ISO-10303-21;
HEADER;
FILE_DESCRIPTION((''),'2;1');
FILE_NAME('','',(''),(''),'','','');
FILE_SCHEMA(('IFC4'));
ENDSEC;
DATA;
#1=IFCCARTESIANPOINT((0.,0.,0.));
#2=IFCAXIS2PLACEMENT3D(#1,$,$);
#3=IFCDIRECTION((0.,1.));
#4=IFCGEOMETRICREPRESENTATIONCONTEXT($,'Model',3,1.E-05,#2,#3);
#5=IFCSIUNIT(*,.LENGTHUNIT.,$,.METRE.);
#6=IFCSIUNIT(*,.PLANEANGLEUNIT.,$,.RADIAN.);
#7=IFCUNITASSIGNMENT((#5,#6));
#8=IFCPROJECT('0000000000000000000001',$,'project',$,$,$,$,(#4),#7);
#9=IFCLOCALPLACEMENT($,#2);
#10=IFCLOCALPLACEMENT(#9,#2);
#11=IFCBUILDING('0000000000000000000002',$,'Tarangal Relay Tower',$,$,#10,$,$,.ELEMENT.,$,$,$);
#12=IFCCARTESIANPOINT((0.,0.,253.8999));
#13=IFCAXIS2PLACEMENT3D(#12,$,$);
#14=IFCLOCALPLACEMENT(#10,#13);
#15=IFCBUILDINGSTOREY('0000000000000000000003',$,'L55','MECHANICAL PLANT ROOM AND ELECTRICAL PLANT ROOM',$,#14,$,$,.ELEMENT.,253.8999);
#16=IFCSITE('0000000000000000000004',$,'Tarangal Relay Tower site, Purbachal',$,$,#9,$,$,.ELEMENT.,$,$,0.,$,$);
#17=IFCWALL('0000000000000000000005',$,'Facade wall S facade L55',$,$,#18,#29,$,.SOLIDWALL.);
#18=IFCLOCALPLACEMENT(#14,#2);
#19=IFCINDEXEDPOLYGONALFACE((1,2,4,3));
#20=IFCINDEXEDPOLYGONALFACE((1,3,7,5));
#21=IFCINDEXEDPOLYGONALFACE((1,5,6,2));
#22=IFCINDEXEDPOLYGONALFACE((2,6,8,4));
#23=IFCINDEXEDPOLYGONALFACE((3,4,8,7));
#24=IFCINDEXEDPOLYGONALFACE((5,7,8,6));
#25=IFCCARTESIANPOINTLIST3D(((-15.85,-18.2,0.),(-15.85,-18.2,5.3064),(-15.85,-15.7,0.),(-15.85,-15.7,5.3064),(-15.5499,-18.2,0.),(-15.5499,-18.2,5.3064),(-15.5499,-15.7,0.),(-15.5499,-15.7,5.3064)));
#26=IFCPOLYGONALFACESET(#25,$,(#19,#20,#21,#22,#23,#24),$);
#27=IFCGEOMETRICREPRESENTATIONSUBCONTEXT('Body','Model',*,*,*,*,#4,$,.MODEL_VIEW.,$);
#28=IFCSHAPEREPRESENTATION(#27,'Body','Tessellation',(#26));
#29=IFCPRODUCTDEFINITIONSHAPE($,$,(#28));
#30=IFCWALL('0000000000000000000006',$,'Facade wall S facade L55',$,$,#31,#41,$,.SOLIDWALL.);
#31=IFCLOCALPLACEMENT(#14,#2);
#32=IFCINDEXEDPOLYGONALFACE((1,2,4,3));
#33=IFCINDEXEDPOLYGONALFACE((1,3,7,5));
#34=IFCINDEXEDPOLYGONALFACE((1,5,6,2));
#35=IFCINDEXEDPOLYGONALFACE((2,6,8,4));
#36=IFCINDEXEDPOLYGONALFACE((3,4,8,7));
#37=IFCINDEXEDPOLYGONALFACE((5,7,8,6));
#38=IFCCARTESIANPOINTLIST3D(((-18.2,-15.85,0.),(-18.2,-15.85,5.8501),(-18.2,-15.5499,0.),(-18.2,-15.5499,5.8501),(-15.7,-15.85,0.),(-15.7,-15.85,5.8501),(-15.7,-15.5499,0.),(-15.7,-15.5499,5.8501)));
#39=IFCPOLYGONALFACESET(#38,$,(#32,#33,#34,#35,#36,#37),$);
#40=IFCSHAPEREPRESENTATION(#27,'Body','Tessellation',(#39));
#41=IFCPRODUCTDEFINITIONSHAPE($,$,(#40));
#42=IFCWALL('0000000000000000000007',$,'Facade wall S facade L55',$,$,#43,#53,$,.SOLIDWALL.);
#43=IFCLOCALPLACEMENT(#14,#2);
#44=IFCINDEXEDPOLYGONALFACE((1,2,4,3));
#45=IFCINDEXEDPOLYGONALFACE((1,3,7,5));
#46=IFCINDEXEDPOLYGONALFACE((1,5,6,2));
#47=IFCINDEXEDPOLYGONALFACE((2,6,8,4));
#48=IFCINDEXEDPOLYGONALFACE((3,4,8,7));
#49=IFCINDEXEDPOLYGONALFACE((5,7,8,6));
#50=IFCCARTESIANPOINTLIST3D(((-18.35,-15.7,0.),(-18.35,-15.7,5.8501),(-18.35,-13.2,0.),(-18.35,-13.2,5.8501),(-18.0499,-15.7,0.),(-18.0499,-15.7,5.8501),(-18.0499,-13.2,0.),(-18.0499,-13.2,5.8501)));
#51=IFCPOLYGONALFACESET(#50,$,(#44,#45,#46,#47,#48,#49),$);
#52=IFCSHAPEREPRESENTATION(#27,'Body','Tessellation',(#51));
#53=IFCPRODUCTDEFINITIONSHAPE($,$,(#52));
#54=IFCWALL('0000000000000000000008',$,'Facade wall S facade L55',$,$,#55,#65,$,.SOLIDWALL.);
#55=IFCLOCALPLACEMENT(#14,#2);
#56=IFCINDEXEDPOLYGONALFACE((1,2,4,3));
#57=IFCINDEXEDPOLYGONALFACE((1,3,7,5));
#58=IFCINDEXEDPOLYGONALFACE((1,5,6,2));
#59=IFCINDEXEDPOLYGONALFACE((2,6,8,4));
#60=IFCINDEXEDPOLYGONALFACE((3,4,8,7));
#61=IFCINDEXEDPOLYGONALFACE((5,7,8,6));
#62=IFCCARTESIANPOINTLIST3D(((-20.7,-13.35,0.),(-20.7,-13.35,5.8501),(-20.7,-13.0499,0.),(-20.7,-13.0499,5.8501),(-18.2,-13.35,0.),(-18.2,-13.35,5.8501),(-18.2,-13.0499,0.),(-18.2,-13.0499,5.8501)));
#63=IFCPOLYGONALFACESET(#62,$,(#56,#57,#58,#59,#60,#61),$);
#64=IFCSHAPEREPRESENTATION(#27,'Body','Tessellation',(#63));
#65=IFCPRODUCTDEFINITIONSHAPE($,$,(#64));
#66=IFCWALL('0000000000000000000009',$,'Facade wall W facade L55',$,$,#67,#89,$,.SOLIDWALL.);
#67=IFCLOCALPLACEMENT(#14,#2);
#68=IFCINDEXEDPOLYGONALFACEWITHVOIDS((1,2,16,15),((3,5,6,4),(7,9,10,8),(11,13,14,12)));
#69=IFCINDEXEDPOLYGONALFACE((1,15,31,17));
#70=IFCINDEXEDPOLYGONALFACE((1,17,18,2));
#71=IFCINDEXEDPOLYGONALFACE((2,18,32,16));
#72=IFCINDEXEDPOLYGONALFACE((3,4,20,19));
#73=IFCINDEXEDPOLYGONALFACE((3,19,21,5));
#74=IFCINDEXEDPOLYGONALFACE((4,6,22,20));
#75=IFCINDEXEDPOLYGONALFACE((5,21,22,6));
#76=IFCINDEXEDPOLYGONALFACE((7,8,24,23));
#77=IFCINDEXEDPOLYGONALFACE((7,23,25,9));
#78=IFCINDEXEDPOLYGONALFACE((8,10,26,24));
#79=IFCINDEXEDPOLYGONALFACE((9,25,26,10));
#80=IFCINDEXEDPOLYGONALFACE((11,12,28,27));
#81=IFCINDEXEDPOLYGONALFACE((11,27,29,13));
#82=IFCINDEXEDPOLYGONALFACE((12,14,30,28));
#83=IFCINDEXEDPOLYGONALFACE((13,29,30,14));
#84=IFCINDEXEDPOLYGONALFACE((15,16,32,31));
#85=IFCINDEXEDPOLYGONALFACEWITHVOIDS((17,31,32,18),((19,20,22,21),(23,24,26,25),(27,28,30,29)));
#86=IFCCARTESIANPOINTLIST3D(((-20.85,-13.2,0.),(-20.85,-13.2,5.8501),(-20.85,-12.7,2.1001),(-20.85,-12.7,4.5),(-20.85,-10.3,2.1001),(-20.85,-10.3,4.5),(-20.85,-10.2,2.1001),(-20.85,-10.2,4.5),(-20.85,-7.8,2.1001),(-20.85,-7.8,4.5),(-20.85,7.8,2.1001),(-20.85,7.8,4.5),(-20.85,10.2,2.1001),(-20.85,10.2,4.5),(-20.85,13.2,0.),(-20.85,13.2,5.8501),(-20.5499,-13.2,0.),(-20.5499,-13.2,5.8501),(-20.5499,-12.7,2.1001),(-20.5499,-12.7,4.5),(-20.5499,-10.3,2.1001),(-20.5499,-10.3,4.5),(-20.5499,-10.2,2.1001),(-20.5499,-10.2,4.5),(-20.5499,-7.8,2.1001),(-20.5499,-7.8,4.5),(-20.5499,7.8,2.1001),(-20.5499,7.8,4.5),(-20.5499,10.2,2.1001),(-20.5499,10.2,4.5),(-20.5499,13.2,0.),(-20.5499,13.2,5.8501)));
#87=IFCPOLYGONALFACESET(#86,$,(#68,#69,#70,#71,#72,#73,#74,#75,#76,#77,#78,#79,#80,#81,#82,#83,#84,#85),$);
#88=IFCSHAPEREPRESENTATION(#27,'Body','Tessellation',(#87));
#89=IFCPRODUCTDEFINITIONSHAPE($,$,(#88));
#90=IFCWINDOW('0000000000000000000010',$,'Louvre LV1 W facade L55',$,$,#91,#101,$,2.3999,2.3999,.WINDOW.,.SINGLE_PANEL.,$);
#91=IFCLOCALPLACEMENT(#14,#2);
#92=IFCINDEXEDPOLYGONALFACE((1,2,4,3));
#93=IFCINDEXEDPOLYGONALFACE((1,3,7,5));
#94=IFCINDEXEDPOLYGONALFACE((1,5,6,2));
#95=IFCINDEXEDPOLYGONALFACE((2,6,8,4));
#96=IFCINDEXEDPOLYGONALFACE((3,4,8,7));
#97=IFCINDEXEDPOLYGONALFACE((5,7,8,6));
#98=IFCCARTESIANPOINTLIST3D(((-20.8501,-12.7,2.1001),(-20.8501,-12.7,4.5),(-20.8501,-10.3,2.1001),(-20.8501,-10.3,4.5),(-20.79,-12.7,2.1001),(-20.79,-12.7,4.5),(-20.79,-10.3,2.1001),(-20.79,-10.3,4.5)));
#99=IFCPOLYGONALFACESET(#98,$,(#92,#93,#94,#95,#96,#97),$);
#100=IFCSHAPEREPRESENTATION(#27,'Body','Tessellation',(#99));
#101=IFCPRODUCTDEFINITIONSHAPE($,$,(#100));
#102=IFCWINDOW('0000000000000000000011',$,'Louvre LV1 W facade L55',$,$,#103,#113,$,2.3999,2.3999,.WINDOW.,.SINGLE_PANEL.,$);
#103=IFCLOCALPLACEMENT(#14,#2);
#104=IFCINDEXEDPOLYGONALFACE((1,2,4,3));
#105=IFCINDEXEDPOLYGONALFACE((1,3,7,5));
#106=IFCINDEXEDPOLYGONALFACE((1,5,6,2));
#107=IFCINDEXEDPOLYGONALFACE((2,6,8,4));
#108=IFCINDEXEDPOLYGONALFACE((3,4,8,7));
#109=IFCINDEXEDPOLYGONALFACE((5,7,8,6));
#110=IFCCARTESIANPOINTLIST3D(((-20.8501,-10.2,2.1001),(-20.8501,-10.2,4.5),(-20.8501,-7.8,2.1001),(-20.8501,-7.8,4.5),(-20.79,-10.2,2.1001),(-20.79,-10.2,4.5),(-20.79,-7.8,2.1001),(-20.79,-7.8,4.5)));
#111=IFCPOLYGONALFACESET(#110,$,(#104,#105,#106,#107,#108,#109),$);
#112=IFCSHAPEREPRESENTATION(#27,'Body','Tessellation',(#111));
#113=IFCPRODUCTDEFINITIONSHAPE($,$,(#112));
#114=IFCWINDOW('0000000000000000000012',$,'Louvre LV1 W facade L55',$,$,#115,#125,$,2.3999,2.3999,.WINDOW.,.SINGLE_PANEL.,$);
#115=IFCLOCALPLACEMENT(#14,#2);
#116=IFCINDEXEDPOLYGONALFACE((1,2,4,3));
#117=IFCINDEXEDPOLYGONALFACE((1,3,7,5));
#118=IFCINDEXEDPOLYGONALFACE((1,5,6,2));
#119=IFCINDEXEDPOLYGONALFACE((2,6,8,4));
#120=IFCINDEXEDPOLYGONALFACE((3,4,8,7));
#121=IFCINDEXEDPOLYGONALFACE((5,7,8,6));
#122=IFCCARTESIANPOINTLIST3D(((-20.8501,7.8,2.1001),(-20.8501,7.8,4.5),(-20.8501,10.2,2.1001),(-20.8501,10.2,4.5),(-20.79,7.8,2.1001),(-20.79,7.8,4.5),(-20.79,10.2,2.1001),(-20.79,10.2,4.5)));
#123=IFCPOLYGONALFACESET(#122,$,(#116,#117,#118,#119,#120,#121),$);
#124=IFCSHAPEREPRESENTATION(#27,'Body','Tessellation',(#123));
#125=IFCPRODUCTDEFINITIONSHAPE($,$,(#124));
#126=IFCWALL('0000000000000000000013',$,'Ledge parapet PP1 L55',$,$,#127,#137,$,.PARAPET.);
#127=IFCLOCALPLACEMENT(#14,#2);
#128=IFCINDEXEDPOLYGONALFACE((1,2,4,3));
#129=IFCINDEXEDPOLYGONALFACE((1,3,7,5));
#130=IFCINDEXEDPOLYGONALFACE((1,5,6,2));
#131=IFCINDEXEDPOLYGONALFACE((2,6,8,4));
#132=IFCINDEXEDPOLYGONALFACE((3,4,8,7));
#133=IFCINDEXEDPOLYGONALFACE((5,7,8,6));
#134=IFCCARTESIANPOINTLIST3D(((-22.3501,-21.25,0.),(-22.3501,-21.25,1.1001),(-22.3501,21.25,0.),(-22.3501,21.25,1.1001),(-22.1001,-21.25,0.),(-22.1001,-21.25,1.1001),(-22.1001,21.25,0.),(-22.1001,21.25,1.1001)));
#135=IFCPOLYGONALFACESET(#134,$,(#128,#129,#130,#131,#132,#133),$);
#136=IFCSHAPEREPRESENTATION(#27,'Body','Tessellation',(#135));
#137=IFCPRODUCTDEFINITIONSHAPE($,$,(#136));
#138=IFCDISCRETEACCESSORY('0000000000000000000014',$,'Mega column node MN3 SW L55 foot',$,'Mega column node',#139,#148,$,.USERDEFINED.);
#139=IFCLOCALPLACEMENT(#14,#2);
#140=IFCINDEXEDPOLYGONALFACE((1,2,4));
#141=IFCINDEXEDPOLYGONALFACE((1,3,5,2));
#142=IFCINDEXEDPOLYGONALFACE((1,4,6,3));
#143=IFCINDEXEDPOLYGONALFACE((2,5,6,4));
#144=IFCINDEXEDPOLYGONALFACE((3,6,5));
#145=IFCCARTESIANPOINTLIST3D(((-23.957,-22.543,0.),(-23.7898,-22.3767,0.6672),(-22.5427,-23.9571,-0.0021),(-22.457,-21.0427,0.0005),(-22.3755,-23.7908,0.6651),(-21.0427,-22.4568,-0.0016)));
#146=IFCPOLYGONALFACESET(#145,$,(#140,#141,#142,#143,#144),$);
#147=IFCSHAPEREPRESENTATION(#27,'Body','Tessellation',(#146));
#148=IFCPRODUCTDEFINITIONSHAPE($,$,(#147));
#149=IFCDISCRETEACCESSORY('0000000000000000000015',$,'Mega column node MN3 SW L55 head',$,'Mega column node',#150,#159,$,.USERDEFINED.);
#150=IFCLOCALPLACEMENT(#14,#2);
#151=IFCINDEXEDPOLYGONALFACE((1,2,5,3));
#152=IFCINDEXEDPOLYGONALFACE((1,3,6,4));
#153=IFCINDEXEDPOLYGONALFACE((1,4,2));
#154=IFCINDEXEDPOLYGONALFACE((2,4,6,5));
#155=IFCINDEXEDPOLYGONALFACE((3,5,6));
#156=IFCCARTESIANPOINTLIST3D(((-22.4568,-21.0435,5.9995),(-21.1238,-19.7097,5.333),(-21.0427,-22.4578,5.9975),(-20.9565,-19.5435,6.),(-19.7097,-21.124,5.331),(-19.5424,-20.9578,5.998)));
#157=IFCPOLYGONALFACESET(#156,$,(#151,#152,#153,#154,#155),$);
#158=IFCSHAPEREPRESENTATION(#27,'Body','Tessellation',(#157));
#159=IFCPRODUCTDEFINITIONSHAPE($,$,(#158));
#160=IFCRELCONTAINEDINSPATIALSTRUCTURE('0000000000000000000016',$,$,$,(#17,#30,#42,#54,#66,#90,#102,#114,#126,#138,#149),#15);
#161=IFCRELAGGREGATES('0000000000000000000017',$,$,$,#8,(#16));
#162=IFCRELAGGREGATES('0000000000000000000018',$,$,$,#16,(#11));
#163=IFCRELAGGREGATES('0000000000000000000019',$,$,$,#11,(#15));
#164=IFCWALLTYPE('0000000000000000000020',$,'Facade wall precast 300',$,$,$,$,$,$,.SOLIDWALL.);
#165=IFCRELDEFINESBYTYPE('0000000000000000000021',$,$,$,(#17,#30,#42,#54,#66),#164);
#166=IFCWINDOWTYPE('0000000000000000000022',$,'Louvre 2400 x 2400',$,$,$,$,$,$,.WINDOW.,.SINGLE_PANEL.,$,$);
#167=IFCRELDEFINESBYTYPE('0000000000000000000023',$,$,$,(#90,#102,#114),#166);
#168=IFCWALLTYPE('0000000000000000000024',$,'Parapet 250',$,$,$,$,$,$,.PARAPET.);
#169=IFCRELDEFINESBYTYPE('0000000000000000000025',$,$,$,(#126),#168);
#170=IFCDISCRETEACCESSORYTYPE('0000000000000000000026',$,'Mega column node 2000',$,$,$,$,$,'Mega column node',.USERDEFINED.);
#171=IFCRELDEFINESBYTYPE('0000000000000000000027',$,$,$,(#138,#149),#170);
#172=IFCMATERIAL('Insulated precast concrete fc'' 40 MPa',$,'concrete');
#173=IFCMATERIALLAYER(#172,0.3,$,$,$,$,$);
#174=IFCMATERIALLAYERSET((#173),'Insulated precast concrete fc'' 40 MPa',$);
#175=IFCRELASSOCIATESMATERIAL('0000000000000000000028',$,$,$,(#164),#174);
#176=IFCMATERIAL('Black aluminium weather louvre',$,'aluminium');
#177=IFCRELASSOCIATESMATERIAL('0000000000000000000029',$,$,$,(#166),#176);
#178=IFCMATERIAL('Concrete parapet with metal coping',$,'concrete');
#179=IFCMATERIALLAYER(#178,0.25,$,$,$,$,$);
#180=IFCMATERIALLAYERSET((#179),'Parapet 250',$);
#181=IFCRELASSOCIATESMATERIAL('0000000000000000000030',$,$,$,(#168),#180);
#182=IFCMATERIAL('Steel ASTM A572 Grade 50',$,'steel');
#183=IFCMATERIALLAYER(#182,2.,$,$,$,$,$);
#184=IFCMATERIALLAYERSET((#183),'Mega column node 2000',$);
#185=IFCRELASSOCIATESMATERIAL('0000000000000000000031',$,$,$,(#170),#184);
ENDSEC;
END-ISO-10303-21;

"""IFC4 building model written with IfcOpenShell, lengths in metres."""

from ifc_helpers import new_model, si_unit, direction, frame, frame_2d, origin, place, context, subcontext, project, spatial, polyline, rectangle, outline, extrude, material, layer, layer_set, type_object, element, fill, save


model = new_model("IFC4")

# Units and contexts
model_context = context("Model", 3, precision=1e-05, world=origin(), true_north=direction((0.0, 1.0)))
body_context = subcontext(model_context, "Body", "Model", "MODEL_VIEW")
ifc_project = project(units=[si_unit("LENGTHUNIT", "METRE"), si_unit("PLANEANGLEUNIT", "RADIAN")], contexts=[model_context])

# Site, building, storey
site_placement = place(None, origin())
site = spatial("IfcSite", under=ifc_project, at=site_placement, Name="Tarangal Relay Tower site, Purbachal", CompositionType="ELEMENT", RefElevation=0.0)
building_placement = place(site_placement, origin())
building = spatial("IfcBuilding", under=site, at=building_placement, Name="Tarangal Relay Tower", CompositionType="ELEMENT")
storey_placement = place(building_placement, frame((0.0, 0.0, 253.8999)))
storey = spatial("IfcBuildingStorey", under=building, at=storey_placement, Name="L55", Description="MECHANICAL PLANT ROOM AND ELECTRICAL PLANT ROOM", CompositionType="ELEMENT", Elevation=253.8999)

# Shared definitions
ifc_material_1 = material(Name="Steel ASTM A572 Grade 50", Category="steel")

# Shared definitions
ifc_material_2 = material(Name="Insulated precast concrete fc' 40 MPa", Category="concrete")
ifc_layer_1 = layer(ifc_material_2, 0.3)
ifc_layer_set_1 = layer_set([ifc_layer_1], Name="Insulated precast concrete fc' 40 MPa")
wall_type_1 = type_object("IfcWallType", Name="Facade wall precast 300", PredefinedType="SOLIDWALL", material=ifc_layer_set_1)

# Walls
wall_1_placement = place(storey_placement, frame((-15.7, -18.2, 0.0), z_axis=(0.0, 0.0, 1.0), x_axis=(0.0, 1.0, 0.0)))
element("IfcWall", 1, at=wall_1_placement, inside=storey, type_object=wall_type_1, Name="Facade wall S facade L55", PredefinedType="SOLIDWALL", context=body_context, shape_type="SweptSolid", body=[
    extrude(rectangle(XDim=2.5, YDim=0.3, at=frame_2d((1.25, 0.0))), origin(), (0.0, 0.0, 1.0), 5.3064),
])
for number, where, z_axis, x_axis, name in (
    (2, (-15.7, -15.7, 0.0), (0.0, 0.0, 1.0), (-1.0, 0.0, 0.0), "Facade wall S facade L55"),
    (3, (-18.2, -15.7, 0.0), (0.0, 0.0, 1.0), (0.0, 1.0, 0.0), "Facade wall S facade L55"),
    (4, (-18.2, -13.2, 0.0), (0.0, 0.0, 1.0), (-1.0, 0.0, 0.0), "Facade wall S facade L55"),
):
    element("IfcWall", number, at=place(storey_placement, frame(where, z_axis=z_axis, x_axis=x_axis)), inside=storey, type_object=wall_type_1, Name=name, PredefinedType="SOLIDWALL", context=body_context, shape_type="SweptSolid", body=[
        extrude(rectangle(XDim=2.5, YDim=0.3, at=frame_2d((1.25, 0.0))), origin(), (0.0, 0.0, 1.0), 5.8501),
    ])

# Wall, openings, windows
wall_2_placement = place(storey_placement, frame((-20.7, -13.2, 0.0), z_axis=(0.0, 0.0, 1.0), x_axis=(0.0, 1.0, 0.0)))
wall_2 = element("IfcWall", 5, at=wall_2_placement, inside=storey, type_object=wall_type_1, Name="Facade wall W facade L55", PredefinedType="SOLIDWALL", context=body_context, shape_type="SweptSolid", body=[
    extrude(rectangle(XDim=26.3999, YDim=0.3, at=frame_2d((13.2, 0.0))), origin(), (0.0, 0.0, 1.0), 5.8501),
])
opening_1_placement = place(wall_2_placement, frame((0.5, 0.0, 2.1001)))
opening_1 = element("IfcOpeningElement", 6, at=opening_1_placement, cuts=wall_2, PredefinedType="OPENING", context=body_context, shape_type="SweptSolid", body=[
    extrude(rectangle(XDim=2.3999, YDim=2.3999, at=frame_2d((1.2, 1.2))), frame((0.0, 0.1599, 0.0), z_axis=(0.0, -1.0, 0.0), x_axis=(1.0, 0.0, 0.0)), (0.0, 0.0, 1.0), 0.3201),
])
opening_2_placement = place(wall_2_placement, frame((3.0, 0.0, 2.1001)))
opening_2 = element("IfcOpeningElement", 7, at=opening_2_placement, cuts=wall_2, PredefinedType="OPENING", context=body_context, shape_type="SweptSolid", body=[
    extrude(rectangle(XDim=2.3999, YDim=2.3999, at=frame_2d((1.2, 1.2))), frame((0.0, 0.1599, 0.0), z_axis=(0.0, -1.0, 0.0), x_axis=(1.0, 0.0, 0.0)), (0.0, 0.0, 1.0), 0.3201),
])
opening_3_placement = place(wall_2_placement, frame((21.0, 0.0, 2.1001)))
opening_3 = element("IfcOpeningElement", 8, at=opening_3_placement, cuts=wall_2, PredefinedType="OPENING", context=body_context, shape_type="SweptSolid", body=[
    extrude(rectangle(XDim=2.3999, YDim=2.3999, at=frame_2d((1.2, 1.2))), frame((0.0, 0.1599, 0.0), z_axis=(0.0, -1.0, 0.0), x_axis=(1.0, 0.0, 0.0)), (0.0, 0.0, 1.0), 0.3201),
])
ifc_material_3 = material(Name="Black aluminium weather louvre", Category="aluminium")
window_type = type_object("IfcWindowType", Name="Louvre 2400 x 2400", PartitioningType="SINGLE_PANEL", PredefinedType="WINDOW", material=ifc_material_3)
window_1_placement = place(opening_1_placement, origin())
window_1 = element("IfcWindow", 9, at=window_1_placement, inside=storey, type_object=window_type, Name="Louvre LV1 W facade L55", OverallHeight=2.3999, OverallWidth=2.3999, PartitioningType="SINGLE_PANEL", PredefinedType="WINDOW", context=body_context, shape_type="SweptSolid", body=[
    extrude(rectangle(XDim=2.3999, YDim=2.3999, at=frame_2d((1.2, 1.2))), frame((0.0, 0.1501, 0.0), z_axis=(0.0, -1.0, 0.0), x_axis=(1.0, 0.0, 0.0)), (0.0, 0.0, 1.0), 0.0601),
])
fill(opening_1, window_1)
window_2_placement = place(opening_2_placement, origin())
window_2 = element("IfcWindow", 10, at=window_2_placement, inside=storey, type_object=window_type, Name="Louvre LV1 W facade L55", OverallHeight=2.3999, OverallWidth=2.3999, PartitioningType="SINGLE_PANEL", PredefinedType="WINDOW", context=body_context, shape_type="SweptSolid", body=[
    extrude(rectangle(XDim=2.3999, YDim=2.3999, at=frame_2d((1.2, 1.2))), frame((0.0, 0.1501, 0.0), z_axis=(0.0, -1.0, 0.0), x_axis=(1.0, 0.0, 0.0)), (0.0, 0.0, 1.0), 0.0601),
])
fill(opening_2, window_2)
window_3_placement = place(opening_3_placement, origin())
window_3 = element("IfcWindow", 11, at=window_3_placement, inside=storey, type_object=window_type, Name="Louvre LV1 W facade L55", OverallHeight=2.3999, OverallWidth=2.3999, PartitioningType="SINGLE_PANEL", PredefinedType="WINDOW", context=body_context, shape_type="SweptSolid", body=[
    extrude(rectangle(XDim=2.3999, YDim=2.3999, at=frame_2d((1.2, 1.2))), frame((0.0, 0.1501, 0.0), z_axis=(0.0, -1.0, 0.0), x_axis=(1.0, 0.0, 0.0)), (0.0, 0.0, 1.0), 0.0601),
])
fill(opening_3, window_3)

# Wall
ifc_material_4 = material(Name="Concrete parapet with metal coping", Category="concrete")
ifc_layer_2 = layer(ifc_material_4, 0.25)
ifc_layer_set_2 = layer_set([ifc_layer_2], Name="Parapet 250")
wall_type_2 = type_object("IfcWallType", Name="Parapet 250", PredefinedType="PARAPET", material=ifc_layer_set_2)
wall_3_placement = place(storey_placement, frame((-22.2251, -21.25, 0.0), z_axis=(0.0, 0.0, 1.0), x_axis=(0.0, 1.0, 0.0)))
element("IfcWall", 12, at=wall_3_placement, inside=storey, type_object=wall_type_2, Name="Ledge parapet PP1 L55", PredefinedType="PARAPET", context=body_context, shape_type="SweptSolid", body=[
    extrude(rectangle(XDim=42.5, YDim=0.25, at=frame_2d((21.25, 0.0))), origin(), (0.0, 0.0, 1.0), 1.1001),
])

# Discrete accessories
ifc_layer_3 = layer(ifc_material_1, 2.0)
ifc_layer_set_3 = layer_set([ifc_layer_3], Name="Mega column node 2000")
discrete_accessory_type = type_object("IfcDiscreteAccessoryType", Name="Mega column node 2000", ElementType="Mega column node", PredefinedType="USERDEFINED", material=ifc_layer_set_3)
discrete_accessory_1_placement = place(storey_placement, frame((-22.457, -21.0427, 0.0005), z_axis=(-0.707164, 0.707049, 0.001064), x_axis=(-0.666355, -0.666965, 0.33336)))
element("IfcDiscreteAccessory", 13, at=discrete_accessory_1_placement, inside=storey, type_object=discrete_accessory_type, Name="Mega column node MN3 SW L55 foot", ObjectType="Mega column node", PredefinedType="USERDEFINED", context=body_context, shape_type="SweptSolid", body=[
    extrude(outline(polyline([(0.0, 0.0), (2.0001, 0.0), (2.0, -0.7077), (0.0, 0.0)])), origin(), (0.0, 0.0, -1.0), 2.0),
])
discrete_accessory_2_placement = place(storey_placement, frame((-22.4568, -21.0435, 5.9995), z_axis=(-0.707049, 0.707164, 0.001007), x_axis=(0.666504, 0.66687, -0.333252)))
element("IfcDiscreteAccessory", 14, at=discrete_accessory_2_placement, inside=storey, type_object=discrete_accessory_type, Name="Mega column node MN3 SW L55 head", ObjectType="Mega column node", PredefinedType="USERDEFINED", context=body_context, shape_type="SweptSolid", body=[
    extrude(outline(polyline([(0.0, 0.0), (2.0, 0.0), (2.0001, -0.7075), (0.0, 0.0)])), origin(), (0.0, 0.0, -1.0), 2.0),
])

save(model, "model.ifc")
